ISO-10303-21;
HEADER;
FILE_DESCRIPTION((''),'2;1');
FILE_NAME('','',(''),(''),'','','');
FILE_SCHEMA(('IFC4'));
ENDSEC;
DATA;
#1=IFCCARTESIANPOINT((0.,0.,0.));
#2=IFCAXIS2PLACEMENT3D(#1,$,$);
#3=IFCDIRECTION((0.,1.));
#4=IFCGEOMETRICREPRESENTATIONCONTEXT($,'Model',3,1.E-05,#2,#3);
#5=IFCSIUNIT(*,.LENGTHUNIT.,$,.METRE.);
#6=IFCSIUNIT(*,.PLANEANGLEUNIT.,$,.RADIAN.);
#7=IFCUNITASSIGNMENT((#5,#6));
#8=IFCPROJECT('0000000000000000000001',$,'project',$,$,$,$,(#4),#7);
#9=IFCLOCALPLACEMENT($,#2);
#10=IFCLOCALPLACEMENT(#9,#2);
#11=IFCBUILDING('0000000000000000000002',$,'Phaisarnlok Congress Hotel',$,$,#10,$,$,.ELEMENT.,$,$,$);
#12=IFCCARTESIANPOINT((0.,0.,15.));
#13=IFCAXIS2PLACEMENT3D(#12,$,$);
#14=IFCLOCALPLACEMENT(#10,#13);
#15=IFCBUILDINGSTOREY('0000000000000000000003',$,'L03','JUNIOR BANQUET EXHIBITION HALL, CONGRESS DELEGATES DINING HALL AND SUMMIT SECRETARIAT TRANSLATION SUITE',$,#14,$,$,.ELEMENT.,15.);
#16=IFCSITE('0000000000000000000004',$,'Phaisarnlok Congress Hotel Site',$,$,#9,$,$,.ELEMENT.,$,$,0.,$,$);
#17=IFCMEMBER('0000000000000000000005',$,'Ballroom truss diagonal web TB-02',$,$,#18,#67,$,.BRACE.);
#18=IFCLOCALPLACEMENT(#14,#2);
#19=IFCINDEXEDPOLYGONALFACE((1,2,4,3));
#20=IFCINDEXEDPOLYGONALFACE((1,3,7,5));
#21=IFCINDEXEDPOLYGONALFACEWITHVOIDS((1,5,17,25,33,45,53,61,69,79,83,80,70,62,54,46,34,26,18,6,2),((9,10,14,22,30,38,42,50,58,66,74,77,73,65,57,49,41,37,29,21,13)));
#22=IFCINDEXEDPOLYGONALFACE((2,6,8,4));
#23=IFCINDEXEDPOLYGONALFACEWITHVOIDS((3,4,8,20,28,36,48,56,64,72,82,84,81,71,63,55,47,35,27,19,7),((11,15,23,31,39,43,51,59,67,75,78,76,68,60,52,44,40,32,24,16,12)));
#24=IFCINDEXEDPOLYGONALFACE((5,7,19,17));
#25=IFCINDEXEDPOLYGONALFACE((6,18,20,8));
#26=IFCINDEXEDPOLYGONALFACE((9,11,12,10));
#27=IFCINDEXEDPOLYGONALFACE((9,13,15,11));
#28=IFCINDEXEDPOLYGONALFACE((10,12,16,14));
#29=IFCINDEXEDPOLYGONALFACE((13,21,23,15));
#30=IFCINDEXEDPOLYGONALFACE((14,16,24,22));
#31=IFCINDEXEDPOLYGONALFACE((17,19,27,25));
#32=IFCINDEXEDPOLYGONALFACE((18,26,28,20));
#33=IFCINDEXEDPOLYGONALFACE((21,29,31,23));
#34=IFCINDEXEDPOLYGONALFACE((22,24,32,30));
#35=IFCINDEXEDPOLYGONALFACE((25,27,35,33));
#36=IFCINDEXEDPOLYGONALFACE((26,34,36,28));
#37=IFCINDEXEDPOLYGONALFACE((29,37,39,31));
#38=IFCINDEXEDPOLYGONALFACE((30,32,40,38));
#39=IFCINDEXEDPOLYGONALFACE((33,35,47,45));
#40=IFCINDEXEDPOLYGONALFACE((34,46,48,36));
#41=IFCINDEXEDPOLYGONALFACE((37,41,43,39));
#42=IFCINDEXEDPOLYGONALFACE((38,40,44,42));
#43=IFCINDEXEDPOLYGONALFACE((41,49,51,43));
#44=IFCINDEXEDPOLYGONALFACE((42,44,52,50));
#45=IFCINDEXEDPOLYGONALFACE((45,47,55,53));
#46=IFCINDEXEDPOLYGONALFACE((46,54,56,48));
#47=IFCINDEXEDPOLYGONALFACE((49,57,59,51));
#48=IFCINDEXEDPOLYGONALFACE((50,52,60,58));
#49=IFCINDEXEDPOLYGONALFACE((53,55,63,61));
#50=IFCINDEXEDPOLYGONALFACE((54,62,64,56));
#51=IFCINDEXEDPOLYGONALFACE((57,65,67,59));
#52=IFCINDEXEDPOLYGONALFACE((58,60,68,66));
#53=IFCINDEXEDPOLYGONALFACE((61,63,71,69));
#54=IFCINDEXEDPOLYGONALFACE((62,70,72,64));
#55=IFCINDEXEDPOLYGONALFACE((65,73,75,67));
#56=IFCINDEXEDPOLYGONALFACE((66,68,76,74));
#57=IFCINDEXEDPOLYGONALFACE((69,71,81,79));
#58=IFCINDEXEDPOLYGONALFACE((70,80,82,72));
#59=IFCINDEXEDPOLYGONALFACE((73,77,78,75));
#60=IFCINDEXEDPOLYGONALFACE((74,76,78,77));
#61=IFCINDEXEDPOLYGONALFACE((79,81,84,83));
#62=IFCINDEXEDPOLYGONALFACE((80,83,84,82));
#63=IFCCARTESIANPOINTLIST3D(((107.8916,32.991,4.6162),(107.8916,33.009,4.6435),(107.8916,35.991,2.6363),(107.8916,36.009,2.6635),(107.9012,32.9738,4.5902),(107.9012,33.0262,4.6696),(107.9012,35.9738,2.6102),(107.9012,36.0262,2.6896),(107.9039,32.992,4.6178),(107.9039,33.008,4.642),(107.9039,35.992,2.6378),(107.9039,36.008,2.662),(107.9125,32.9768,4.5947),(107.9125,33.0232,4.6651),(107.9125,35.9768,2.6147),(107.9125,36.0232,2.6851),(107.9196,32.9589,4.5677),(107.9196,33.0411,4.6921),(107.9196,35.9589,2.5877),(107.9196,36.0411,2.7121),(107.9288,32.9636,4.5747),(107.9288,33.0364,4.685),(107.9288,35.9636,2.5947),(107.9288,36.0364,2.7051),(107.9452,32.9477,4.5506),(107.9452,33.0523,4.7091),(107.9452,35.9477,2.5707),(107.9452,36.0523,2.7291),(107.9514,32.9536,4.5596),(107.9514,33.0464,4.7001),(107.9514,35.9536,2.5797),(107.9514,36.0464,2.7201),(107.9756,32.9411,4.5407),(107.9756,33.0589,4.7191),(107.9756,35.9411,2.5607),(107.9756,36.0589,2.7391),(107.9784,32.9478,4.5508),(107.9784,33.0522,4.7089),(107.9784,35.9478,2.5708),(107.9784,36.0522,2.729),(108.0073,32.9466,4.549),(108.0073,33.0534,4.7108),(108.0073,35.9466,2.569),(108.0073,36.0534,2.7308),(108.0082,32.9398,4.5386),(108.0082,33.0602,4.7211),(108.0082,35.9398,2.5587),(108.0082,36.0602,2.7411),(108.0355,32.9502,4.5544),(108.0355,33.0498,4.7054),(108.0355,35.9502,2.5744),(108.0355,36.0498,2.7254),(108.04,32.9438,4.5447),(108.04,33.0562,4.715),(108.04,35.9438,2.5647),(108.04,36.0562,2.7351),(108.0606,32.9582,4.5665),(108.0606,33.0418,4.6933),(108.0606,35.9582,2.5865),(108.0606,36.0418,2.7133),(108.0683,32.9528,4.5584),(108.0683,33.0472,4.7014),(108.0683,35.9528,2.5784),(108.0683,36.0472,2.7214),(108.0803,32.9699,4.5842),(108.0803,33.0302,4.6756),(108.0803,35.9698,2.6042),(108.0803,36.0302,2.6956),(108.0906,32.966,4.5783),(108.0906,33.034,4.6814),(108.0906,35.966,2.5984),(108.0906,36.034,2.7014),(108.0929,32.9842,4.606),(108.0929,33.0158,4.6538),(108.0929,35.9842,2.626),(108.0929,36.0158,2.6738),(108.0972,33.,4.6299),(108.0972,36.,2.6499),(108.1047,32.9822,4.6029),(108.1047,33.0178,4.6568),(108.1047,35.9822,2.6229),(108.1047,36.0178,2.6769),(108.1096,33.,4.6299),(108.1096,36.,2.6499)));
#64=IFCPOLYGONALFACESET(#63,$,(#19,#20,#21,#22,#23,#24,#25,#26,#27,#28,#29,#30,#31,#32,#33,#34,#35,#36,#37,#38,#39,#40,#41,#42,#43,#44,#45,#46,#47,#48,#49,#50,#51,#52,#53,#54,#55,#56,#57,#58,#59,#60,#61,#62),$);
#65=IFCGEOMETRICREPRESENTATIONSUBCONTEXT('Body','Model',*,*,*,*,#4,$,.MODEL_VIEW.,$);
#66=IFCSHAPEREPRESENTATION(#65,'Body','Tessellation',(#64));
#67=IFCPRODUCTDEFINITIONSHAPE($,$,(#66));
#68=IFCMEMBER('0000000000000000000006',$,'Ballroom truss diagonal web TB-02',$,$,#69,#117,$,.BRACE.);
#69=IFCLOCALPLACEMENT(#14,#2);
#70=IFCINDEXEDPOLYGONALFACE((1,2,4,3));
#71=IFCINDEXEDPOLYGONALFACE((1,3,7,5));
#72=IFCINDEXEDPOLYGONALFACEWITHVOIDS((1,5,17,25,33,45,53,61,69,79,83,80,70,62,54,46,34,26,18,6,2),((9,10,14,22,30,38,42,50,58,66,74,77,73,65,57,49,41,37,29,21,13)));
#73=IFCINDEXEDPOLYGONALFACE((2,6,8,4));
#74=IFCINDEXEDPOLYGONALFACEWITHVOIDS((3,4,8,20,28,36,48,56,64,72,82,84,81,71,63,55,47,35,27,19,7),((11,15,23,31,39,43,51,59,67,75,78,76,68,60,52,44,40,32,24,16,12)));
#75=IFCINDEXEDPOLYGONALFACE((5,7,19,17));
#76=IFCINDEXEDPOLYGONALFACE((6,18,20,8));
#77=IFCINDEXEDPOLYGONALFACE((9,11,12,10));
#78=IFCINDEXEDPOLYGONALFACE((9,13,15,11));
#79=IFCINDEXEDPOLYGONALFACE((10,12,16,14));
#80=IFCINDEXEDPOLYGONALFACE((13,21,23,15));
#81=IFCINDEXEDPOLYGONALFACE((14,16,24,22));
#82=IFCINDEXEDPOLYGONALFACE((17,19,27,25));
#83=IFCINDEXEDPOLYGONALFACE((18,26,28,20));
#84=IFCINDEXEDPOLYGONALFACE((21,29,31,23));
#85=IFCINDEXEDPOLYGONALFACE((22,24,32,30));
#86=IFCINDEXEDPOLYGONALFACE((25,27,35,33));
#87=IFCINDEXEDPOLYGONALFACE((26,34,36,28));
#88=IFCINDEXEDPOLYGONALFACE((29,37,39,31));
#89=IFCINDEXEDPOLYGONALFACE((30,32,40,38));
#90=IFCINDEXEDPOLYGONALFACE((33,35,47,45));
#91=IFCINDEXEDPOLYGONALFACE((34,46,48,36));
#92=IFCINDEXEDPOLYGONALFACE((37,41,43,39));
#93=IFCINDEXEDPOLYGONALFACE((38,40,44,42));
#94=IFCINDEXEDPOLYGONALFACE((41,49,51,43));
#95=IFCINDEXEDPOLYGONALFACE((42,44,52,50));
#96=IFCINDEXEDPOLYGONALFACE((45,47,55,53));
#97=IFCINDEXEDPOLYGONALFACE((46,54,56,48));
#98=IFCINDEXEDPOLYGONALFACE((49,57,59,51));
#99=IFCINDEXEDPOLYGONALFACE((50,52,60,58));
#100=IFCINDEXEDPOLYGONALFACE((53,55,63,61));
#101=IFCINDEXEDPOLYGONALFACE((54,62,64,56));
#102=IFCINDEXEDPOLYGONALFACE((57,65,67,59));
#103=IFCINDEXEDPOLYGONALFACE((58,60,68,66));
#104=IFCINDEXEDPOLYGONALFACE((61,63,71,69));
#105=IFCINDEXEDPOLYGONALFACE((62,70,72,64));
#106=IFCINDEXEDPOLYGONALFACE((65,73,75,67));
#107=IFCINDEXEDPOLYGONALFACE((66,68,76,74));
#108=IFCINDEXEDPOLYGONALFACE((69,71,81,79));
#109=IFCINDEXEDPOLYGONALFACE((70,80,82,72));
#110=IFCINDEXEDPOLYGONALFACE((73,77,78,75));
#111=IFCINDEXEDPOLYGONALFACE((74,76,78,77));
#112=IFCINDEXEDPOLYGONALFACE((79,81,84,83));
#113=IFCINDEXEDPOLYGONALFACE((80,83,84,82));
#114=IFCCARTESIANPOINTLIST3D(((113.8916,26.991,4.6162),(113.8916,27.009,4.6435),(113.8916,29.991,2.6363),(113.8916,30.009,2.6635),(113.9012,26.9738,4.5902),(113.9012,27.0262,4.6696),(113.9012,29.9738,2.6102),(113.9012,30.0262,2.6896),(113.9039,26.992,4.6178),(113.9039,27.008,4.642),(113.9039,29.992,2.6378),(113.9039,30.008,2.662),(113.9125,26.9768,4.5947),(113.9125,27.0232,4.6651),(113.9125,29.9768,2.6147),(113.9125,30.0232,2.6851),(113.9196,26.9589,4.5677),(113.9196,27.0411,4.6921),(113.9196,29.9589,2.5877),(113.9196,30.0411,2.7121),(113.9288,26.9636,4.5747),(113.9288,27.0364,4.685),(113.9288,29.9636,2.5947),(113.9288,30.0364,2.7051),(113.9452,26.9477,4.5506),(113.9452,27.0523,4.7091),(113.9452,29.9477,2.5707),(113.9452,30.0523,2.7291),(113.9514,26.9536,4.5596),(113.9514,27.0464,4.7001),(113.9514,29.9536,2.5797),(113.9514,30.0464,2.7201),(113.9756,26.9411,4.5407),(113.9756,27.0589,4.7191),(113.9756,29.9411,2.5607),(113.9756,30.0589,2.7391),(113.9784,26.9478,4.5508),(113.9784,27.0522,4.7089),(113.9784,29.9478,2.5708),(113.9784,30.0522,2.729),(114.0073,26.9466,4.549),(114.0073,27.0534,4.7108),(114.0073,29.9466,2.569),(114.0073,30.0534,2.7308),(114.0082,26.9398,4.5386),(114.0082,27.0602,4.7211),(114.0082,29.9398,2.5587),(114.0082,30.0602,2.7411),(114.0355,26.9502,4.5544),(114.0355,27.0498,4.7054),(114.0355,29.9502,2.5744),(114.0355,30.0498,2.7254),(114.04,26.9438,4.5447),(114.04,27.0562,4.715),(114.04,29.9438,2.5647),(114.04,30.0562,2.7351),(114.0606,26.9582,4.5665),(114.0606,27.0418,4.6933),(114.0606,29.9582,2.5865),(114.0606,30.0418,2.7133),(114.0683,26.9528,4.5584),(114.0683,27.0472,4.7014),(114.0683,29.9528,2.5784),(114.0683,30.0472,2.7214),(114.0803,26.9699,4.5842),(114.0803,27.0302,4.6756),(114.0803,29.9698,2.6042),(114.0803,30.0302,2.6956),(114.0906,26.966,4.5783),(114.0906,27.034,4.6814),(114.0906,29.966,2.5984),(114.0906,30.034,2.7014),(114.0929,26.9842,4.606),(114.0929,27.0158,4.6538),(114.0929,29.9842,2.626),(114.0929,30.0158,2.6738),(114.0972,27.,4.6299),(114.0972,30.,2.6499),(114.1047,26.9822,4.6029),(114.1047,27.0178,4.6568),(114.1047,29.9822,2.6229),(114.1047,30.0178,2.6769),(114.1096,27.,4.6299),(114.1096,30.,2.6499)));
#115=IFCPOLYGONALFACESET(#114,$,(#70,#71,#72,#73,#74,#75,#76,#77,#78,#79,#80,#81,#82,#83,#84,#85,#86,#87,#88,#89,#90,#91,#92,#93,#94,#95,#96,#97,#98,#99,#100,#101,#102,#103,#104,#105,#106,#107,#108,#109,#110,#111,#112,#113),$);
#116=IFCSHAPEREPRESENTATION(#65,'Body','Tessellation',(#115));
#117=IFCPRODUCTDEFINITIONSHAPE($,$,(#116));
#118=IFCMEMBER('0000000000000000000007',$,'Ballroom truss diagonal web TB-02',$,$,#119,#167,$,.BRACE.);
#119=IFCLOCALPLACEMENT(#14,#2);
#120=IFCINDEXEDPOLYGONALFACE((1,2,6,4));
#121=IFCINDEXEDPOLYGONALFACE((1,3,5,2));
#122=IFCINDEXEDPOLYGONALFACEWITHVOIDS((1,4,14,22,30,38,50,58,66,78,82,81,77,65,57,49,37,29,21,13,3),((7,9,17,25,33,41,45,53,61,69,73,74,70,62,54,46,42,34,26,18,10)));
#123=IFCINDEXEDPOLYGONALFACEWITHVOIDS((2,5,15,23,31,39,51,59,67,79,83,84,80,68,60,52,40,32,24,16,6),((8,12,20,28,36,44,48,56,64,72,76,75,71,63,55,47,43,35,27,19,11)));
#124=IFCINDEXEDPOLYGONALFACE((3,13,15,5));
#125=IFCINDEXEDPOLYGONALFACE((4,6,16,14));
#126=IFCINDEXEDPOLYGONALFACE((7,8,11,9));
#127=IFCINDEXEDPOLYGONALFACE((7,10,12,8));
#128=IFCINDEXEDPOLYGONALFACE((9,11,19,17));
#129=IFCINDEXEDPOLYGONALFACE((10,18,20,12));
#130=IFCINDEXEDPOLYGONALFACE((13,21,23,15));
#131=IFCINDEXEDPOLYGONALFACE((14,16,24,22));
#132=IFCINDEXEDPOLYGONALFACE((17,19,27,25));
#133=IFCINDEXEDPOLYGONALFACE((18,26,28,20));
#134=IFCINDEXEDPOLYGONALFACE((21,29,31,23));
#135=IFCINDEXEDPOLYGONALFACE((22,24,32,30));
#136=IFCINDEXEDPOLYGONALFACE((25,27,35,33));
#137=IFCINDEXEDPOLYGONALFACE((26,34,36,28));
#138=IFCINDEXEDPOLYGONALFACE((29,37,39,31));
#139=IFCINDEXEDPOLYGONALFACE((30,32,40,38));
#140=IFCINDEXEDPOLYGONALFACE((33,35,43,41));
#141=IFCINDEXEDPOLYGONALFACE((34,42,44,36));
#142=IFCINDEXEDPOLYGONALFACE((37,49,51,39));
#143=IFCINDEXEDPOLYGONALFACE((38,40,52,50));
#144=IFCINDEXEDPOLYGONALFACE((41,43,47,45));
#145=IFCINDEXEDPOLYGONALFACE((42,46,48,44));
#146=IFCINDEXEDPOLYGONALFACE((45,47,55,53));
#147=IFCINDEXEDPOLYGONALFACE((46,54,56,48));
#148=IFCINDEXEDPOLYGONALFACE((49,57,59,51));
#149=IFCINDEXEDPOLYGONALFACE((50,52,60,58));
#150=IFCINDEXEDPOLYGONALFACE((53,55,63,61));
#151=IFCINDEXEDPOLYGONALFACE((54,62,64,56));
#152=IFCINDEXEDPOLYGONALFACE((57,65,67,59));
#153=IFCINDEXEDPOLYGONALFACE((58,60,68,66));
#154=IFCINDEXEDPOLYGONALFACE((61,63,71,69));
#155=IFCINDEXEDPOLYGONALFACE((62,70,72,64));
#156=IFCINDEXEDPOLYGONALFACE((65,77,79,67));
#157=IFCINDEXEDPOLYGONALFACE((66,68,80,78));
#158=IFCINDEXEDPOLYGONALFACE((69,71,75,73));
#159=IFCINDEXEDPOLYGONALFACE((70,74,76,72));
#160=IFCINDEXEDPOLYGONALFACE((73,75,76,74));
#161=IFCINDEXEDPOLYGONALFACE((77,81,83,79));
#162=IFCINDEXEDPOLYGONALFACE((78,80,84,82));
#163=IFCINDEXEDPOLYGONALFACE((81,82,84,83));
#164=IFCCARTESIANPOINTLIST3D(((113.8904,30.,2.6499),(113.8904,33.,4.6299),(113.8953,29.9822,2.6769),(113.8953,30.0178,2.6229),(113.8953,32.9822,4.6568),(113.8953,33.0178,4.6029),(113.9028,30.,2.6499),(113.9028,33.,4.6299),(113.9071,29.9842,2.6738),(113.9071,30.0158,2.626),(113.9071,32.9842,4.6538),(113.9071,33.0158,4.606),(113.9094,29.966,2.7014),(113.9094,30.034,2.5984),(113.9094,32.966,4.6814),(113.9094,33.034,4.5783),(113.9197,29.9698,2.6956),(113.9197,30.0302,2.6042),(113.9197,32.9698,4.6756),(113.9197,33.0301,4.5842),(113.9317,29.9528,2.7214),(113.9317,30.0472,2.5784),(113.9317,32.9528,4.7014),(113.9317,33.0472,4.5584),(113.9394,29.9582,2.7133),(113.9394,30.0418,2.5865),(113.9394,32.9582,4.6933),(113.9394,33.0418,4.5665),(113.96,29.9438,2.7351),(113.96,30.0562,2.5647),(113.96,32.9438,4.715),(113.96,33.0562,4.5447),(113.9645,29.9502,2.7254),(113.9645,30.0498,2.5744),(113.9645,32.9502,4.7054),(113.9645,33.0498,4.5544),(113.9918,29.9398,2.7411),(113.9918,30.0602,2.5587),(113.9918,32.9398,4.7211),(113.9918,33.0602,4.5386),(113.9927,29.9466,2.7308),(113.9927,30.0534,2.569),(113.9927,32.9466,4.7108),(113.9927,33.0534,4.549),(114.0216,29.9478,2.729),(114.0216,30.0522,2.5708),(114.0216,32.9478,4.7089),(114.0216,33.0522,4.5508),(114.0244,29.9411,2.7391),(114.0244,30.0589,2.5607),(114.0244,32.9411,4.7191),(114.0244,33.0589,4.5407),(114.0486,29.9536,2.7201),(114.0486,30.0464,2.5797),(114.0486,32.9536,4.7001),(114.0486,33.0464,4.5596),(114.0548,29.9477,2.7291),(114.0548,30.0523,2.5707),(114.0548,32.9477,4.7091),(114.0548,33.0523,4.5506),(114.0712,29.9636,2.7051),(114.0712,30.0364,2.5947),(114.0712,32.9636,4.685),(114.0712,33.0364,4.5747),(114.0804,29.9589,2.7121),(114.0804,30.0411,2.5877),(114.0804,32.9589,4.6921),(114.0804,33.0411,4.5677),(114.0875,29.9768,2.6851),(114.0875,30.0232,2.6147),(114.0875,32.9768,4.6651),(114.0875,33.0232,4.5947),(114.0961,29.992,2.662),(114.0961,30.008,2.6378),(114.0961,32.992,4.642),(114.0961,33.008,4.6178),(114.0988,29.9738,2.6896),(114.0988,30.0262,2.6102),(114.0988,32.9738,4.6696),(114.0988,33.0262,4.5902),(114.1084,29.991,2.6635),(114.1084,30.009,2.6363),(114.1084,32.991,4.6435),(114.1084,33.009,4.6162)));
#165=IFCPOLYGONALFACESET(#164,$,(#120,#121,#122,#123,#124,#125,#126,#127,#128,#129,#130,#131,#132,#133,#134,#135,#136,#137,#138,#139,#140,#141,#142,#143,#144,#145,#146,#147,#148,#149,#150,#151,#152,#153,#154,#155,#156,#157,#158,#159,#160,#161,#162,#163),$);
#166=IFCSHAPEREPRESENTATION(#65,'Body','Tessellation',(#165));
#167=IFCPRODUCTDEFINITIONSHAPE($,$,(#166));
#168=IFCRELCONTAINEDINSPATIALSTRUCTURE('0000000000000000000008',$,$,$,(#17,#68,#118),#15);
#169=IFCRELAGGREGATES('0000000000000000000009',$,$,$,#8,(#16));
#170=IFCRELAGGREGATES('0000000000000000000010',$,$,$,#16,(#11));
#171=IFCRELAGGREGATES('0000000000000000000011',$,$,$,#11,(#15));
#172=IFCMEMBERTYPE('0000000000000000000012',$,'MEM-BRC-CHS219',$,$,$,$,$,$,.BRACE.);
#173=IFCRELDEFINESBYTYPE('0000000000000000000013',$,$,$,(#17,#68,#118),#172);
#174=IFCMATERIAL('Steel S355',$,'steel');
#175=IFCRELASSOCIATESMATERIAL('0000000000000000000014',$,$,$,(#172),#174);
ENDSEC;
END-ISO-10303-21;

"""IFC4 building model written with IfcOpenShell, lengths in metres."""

from ifc_helpers import new_model, si_unit, direction, frame, origin, origin_2d, place, context, subcontext, project, spatial, hollow_circle, extrude, material, material_profile, profile_set, type_object, element, save


model = new_model("IFC4")

# Units and contexts
model_context = context("Model", 3, precision=1e-05, world=origin(), true_north=direction((0.0, 1.0)))
body_context = subcontext(model_context, "Body", "Model", "MODEL_VIEW")
ifc_project = project(units=[si_unit("LENGTHUNIT", "METRE"), si_unit("PLANEANGLEUNIT", "RADIAN")], contexts=[model_context])

# Site, building, storey
site_placement = place(None, origin())
site = spatial("IfcSite", under=ifc_project, at=site_placement, Name="Phaisarnlok Congress Hotel Site", CompositionType="ELEMENT", RefElevation=0.0)
building_placement = place(site_placement, origin())
building = spatial("IfcBuilding", under=site, at=building_placement, Name="Phaisarnlok Congress Hotel", CompositionType="ELEMENT")
storey_placement = place(building_placement, frame((0.0, 0.0, 15.0)))
storey = spatial("IfcBuildingStorey", under=building, at=storey_placement, Name="L03", Description="JUNIOR BANQUET EXHIBITION HALL, CONGRESS DELEGATES DINING HALL AND SUMMIT SECRETARIAT TRANSLATION SUITE", CompositionType="ELEMENT", Elevation=15.0)

# Shared definitions
ifc_material_1 = material(Name="Steel S355", Category="steel")

# Members
ifc_material_profile_1 = material_profile(ifc_material_1, hollow_circle(Radius=0.1096, WallThickness=0.0125, at=origin_2d()), Name="CHS 219.1x12.5")
ifc_profile_set_1 = profile_set([ifc_material_profile_1], Name="Steel S355")
member_type_1 = type_object("IfcMemberType", Name="MEM-BRC-CHS219", PredefinedType="BRACE", material=ifc_profile_set_1)
for number, where, z_axis, x_axis, name in (
    (1, (108.0, 36.0, 2.6499), (0.0, -0.834612, 0.550838), (1.0, 0.0, 0.0), "Ballroom truss diagonal web TB-02"),
    (2, (114.0, 30.0, 2.6499), (0.0, -0.834612, 0.550838), (1.0, 0.0, 0.0), "Ballroom truss diagonal web TB-02"),
    (3, (114.0, 30.0, 2.6499), (0.0, 0.834612, 0.550838), (-1.0, 0.0, 0.0), "Ballroom truss diagonal web TB-02"),
):
    element("IfcMember", number, at=place(storey_placement, frame(where, z_axis=z_axis, x_axis=x_axis)), inside=storey, type_object=member_type_1, Name=name, PredefinedType="BRACE", context=body_context, shape_type="SweptSolid", body=[
        extrude(hollow_circle(Radius=0.1096, WallThickness=0.0125, at=origin_2d()), origin(), (0.0, 0.0, 1.0), 3.5945),
    ])

save(model, "model.ifc")
